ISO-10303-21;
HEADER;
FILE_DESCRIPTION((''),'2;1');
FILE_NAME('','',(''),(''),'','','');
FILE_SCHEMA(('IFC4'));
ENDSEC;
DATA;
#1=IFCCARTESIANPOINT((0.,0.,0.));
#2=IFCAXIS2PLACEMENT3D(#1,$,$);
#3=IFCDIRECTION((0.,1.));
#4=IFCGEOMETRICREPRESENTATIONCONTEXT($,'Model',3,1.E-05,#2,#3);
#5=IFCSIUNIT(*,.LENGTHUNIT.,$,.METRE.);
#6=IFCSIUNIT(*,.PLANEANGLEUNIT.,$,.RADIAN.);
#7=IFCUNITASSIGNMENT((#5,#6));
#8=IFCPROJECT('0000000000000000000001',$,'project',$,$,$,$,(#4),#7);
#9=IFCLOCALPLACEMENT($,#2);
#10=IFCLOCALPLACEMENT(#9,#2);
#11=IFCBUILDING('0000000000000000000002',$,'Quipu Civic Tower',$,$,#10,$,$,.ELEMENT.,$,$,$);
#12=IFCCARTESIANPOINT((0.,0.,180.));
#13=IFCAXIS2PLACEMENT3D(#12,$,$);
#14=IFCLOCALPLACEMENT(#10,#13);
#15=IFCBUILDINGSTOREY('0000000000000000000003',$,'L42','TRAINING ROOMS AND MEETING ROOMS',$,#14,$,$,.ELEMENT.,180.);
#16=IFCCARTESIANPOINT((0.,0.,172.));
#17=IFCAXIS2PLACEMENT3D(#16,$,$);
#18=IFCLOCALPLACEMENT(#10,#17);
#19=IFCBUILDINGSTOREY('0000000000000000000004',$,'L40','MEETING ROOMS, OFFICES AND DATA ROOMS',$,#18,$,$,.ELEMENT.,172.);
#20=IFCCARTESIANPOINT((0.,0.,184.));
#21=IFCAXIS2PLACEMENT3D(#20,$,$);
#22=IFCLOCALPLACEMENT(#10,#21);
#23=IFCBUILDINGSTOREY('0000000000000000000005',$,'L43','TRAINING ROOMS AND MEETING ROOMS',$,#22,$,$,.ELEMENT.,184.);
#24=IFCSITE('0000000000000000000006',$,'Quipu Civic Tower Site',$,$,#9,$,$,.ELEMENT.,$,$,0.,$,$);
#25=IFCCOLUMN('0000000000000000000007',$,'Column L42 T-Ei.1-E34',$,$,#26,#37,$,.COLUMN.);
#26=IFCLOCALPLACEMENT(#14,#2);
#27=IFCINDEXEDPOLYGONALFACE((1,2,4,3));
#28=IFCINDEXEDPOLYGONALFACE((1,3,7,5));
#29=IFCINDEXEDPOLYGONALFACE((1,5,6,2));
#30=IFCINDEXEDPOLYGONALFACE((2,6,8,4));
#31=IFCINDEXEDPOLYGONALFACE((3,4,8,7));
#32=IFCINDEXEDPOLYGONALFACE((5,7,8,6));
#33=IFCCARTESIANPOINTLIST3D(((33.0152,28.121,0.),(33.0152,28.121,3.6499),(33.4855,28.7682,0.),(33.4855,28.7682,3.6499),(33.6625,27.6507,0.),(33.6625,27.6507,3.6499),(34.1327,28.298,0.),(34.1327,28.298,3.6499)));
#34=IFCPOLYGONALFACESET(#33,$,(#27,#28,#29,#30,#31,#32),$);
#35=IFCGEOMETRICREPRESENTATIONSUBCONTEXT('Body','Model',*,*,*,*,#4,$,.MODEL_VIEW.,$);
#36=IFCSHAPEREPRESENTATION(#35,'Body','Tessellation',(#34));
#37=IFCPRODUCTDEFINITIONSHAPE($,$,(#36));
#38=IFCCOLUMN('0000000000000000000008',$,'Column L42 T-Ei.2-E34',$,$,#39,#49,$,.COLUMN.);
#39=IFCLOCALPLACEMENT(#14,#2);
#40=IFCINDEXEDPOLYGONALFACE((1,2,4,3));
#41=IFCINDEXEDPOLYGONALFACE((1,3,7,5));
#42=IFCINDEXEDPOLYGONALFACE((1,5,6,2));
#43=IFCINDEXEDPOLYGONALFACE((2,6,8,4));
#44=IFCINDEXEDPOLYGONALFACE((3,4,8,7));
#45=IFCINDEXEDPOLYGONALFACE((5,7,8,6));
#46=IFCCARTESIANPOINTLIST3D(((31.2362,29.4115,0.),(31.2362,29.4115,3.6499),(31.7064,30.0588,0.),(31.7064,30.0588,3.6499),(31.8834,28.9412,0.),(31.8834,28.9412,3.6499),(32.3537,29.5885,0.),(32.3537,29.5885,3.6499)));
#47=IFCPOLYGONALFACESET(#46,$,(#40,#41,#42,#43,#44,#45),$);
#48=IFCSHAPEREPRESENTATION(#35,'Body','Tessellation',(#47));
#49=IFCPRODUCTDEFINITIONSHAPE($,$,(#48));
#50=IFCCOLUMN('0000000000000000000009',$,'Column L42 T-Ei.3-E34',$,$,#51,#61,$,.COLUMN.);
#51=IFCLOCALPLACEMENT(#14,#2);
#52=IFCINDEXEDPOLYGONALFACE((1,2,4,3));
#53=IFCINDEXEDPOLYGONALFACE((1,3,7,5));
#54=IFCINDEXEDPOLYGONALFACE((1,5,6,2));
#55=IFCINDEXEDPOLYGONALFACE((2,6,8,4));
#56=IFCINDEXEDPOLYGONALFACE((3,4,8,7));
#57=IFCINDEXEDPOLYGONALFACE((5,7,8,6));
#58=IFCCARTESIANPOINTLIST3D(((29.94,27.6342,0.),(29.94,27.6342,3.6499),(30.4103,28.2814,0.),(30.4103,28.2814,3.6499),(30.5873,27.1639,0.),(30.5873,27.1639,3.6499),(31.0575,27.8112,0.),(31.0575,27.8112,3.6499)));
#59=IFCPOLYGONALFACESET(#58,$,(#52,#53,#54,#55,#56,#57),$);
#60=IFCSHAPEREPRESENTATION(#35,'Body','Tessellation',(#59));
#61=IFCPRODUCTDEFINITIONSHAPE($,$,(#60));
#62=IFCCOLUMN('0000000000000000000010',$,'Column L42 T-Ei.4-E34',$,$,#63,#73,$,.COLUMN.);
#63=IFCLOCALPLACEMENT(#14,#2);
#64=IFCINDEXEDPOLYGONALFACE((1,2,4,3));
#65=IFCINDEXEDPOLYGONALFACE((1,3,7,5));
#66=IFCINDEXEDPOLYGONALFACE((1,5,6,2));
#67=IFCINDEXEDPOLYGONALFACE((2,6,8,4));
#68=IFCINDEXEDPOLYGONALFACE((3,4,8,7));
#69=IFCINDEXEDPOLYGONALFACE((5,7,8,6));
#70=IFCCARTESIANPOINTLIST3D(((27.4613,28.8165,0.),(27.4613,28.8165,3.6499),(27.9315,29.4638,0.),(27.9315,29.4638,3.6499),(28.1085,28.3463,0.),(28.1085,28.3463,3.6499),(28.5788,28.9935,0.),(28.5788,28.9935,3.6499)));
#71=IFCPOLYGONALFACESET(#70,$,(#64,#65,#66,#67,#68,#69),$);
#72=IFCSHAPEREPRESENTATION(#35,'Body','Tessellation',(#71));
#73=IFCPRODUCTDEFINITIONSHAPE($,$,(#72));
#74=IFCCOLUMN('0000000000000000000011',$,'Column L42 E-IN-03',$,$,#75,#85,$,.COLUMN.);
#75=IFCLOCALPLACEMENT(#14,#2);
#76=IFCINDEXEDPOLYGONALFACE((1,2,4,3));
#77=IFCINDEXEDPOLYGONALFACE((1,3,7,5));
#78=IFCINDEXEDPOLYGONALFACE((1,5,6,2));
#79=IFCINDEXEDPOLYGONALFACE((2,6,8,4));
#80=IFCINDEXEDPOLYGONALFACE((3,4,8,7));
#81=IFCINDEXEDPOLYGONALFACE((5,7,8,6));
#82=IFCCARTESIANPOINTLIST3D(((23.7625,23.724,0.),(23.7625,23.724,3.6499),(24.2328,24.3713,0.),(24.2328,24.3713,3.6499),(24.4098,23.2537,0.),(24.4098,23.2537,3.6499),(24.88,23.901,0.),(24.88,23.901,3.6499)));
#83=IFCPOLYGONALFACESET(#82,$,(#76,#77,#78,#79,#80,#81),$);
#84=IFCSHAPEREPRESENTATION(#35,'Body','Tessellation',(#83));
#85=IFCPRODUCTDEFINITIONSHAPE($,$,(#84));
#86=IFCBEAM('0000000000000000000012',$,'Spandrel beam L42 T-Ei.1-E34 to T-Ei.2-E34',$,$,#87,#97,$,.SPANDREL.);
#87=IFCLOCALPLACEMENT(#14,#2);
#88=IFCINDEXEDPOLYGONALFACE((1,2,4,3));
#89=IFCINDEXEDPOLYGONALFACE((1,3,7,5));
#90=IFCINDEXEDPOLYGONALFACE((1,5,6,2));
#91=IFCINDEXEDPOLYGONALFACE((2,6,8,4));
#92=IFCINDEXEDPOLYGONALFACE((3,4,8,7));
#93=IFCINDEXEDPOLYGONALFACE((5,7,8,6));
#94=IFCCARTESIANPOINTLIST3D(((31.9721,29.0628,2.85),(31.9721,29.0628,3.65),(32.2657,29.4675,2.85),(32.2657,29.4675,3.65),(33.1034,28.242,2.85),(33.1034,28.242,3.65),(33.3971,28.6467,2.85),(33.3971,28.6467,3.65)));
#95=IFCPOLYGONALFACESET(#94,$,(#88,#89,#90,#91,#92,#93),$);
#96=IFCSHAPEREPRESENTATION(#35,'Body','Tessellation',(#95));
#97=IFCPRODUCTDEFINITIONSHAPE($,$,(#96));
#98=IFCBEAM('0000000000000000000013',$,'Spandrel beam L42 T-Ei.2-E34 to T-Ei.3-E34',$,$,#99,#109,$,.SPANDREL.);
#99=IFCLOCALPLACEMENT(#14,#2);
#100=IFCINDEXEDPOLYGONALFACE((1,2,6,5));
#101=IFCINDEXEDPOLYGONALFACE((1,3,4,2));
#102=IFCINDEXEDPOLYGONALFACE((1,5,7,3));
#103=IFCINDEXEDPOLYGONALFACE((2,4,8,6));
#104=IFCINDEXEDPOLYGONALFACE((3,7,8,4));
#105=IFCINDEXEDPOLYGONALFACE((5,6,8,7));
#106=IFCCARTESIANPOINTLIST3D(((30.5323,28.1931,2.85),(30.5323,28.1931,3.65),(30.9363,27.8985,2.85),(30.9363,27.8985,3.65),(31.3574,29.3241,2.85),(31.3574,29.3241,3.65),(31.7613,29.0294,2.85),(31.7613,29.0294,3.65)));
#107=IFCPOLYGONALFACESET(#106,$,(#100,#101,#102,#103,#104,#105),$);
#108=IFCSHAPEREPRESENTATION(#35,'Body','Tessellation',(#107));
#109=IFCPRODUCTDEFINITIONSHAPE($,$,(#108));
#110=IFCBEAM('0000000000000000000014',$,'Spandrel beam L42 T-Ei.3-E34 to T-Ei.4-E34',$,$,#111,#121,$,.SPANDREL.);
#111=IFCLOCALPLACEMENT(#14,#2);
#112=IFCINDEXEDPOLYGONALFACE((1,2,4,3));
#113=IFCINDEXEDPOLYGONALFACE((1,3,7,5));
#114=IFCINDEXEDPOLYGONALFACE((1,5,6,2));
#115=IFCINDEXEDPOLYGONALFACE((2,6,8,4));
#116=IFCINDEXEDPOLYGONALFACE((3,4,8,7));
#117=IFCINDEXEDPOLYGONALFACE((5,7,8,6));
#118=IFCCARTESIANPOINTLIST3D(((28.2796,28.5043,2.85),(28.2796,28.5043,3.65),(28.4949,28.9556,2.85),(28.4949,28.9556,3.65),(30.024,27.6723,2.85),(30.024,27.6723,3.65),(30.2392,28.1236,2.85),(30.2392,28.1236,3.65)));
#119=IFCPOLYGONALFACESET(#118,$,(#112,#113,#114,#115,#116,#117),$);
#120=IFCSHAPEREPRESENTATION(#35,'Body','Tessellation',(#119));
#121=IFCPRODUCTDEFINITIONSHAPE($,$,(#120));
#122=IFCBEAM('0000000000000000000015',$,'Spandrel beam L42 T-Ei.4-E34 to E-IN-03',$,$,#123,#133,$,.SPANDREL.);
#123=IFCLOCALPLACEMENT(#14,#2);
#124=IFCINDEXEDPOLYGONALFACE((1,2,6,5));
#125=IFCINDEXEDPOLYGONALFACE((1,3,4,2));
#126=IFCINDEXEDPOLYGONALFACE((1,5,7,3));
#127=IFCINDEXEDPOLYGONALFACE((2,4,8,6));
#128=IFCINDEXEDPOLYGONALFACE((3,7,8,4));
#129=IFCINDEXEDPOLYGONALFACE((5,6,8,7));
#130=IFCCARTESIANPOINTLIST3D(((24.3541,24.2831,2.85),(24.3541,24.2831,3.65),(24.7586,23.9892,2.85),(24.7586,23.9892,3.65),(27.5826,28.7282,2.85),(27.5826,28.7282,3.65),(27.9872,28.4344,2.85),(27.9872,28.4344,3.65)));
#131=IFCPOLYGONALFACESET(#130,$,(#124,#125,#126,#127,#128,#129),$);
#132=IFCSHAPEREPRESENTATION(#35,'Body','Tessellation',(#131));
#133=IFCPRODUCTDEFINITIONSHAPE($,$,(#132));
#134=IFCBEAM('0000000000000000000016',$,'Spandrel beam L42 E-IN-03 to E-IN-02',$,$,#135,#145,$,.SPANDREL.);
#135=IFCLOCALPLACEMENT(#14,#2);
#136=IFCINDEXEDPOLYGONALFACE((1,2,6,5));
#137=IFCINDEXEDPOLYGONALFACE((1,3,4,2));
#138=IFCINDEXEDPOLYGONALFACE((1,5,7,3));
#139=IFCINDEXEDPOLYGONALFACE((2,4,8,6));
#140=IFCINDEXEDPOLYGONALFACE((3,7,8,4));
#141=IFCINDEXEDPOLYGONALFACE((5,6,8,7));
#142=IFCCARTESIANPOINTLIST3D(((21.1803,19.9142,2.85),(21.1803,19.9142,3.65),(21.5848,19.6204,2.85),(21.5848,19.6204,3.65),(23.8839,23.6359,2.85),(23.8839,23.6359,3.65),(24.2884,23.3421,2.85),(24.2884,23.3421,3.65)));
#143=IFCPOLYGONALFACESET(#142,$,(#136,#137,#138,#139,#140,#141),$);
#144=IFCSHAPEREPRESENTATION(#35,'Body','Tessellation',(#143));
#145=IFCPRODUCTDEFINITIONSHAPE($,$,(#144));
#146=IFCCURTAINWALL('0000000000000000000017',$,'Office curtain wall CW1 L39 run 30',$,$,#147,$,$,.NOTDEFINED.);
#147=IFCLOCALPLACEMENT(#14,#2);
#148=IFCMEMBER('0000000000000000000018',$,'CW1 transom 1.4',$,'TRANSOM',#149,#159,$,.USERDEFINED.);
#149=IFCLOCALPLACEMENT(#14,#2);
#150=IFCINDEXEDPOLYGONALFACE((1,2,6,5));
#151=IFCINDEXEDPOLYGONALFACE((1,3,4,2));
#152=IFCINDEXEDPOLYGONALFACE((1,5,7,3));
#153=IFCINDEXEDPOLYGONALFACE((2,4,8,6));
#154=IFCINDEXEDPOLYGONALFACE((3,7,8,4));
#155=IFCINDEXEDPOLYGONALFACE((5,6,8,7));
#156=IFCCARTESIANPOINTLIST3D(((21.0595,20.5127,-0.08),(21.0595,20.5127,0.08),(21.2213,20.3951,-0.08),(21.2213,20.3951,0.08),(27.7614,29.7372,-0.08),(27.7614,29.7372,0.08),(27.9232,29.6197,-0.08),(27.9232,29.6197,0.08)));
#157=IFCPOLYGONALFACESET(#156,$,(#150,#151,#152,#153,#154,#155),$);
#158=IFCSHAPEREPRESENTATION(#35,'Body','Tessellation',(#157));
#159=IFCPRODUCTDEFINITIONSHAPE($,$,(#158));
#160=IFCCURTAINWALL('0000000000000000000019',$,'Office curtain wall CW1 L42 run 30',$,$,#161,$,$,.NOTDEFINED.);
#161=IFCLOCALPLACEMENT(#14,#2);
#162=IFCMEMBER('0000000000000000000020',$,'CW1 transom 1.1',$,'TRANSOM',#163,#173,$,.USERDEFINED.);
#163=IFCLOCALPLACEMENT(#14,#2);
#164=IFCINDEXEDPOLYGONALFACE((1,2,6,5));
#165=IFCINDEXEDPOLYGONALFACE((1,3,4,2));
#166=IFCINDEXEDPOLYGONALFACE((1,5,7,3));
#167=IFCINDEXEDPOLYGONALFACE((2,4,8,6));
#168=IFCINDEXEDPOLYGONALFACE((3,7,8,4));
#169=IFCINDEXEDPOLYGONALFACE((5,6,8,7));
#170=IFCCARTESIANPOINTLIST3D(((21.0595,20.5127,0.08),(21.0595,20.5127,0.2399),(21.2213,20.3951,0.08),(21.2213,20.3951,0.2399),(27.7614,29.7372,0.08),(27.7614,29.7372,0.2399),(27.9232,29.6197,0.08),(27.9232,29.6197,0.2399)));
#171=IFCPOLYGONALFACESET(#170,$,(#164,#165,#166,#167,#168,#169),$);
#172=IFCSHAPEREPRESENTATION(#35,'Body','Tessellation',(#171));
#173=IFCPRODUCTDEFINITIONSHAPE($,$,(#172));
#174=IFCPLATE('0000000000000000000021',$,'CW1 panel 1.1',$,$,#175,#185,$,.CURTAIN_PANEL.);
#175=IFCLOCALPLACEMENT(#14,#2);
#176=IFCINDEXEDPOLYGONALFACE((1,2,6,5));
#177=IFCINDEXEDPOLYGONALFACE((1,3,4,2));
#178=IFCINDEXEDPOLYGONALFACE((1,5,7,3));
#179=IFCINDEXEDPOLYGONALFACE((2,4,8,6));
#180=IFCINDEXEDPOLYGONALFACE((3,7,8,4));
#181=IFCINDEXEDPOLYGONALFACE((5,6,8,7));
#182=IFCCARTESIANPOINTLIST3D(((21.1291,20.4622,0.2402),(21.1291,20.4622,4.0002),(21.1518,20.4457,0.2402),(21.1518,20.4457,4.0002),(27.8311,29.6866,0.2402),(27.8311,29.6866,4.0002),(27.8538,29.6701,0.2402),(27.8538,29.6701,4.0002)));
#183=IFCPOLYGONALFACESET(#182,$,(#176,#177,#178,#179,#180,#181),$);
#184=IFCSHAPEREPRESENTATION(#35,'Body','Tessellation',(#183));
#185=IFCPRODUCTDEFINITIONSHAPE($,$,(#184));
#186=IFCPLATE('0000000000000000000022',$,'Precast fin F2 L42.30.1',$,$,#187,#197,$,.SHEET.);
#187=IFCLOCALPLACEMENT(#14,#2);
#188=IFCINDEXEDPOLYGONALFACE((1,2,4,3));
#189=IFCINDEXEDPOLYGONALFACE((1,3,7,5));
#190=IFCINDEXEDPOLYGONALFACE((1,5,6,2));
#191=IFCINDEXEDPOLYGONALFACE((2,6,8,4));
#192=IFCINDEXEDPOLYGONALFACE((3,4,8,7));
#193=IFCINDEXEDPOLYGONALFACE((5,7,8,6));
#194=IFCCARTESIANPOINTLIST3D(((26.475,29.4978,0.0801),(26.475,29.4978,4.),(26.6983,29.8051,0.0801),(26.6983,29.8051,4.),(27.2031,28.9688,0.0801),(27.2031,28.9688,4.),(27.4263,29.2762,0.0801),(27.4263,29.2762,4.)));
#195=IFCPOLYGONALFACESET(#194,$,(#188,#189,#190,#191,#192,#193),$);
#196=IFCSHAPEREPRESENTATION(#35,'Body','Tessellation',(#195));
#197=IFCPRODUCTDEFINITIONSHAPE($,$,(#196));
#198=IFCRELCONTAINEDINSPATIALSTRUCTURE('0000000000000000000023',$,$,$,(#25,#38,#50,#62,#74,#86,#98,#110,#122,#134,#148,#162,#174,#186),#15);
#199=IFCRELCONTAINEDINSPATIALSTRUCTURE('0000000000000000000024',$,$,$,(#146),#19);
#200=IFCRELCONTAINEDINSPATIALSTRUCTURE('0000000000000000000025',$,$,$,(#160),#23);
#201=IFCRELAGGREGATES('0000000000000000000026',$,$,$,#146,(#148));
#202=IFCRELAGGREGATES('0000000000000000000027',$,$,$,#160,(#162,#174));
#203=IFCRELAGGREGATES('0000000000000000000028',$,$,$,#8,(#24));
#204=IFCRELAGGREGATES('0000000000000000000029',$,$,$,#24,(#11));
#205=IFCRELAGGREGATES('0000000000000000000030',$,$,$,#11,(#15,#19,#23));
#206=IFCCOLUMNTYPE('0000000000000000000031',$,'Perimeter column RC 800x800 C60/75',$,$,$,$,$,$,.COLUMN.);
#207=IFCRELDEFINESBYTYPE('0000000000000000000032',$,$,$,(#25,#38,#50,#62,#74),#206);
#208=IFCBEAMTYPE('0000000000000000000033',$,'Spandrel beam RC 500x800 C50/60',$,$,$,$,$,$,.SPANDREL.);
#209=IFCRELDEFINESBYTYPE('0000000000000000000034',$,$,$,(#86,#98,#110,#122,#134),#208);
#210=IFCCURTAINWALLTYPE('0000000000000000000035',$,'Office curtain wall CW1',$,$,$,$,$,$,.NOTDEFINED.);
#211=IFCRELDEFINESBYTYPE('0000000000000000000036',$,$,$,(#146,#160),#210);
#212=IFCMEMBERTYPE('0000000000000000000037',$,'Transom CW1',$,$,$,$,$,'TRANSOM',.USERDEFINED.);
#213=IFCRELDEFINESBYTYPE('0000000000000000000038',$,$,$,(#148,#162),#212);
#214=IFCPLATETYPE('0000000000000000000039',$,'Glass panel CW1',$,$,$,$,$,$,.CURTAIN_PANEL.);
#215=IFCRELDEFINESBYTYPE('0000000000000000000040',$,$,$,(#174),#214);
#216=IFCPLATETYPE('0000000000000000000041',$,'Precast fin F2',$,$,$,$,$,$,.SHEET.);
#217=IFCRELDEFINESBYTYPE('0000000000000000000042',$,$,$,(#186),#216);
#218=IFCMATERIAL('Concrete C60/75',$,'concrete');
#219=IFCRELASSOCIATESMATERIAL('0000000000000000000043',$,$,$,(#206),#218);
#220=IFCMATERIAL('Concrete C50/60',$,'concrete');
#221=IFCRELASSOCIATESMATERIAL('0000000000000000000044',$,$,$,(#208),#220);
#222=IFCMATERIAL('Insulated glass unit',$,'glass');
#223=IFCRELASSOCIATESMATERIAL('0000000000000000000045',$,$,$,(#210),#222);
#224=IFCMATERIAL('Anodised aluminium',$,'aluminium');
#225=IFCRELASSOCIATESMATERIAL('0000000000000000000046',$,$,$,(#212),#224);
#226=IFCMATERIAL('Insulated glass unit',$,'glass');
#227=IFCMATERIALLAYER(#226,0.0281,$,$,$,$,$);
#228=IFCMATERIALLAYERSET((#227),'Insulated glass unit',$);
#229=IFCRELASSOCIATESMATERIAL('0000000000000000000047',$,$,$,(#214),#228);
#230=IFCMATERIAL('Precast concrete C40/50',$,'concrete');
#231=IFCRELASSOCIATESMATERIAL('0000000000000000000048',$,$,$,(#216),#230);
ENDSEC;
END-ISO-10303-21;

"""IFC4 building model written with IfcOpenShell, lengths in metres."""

from ifc_helpers import new_model, si_unit, direction, frame, origin, origin_2d, place, context, subcontext, project, spatial, rectangle, extrude, material, layer, layer_set, material_profile, profile_set, type_object, element, aggregate, save


model = new_model("IFC4")

# Units and contexts
model_context = context("Model", 3, precision=1e-05, world=origin(), true_north=direction((0.0, 1.0)))
body_context = subcontext(model_context, "Body", "Model", "MODEL_VIEW")
ifc_project = project(units=[si_unit("LENGTHUNIT", "METRE"), si_unit("PLANEANGLEUNIT", "RADIAN")], contexts=[model_context])

# Site, building, storey
site_placement = place(None, origin())
site = spatial("IfcSite", under=ifc_project, at=site_placement, Name="Quipu Civic Tower Site", CompositionType="ELEMENT", RefElevation=0.0)
building_placement = place(site_placement, origin())
building = spatial("IfcBuilding", under=site, at=building_placement, Name="Quipu Civic Tower", CompositionType="ELEMENT")
storey_1_placement = place(building_placement, frame((0.0, 0.0, 180.0)))
storey_1 = spatial("IfcBuildingStorey", under=building, at=storey_1_placement, Name="L42", Description="TRAINING ROOMS AND MEETING ROOMS", CompositionType="ELEMENT", Elevation=180.0)

# Columns
ifc_material_1 = material(Name="Concrete C60/75", Category="concrete")
ifc_material_profile_1 = material_profile(ifc_material_1, rectangle(XDim=0.8, YDim=0.8, at=origin_2d()), Name="RC800x800")
ifc_profile_set_1 = profile_set([ifc_material_profile_1], Name="Concrete C60/75")
column_type = type_object("IfcColumnType", Name="Perimeter column RC 800x800 C60/75", PredefinedType="COLUMN", material=ifc_profile_set_1)
for number, where, z_axis, x_axis, name in (
    (1, (33.574, 28.2095, 0.0), (0.0, 0.0, 1.0), (-0.809017, 0.587785, 0.0), "Column L42 T-Ei.1-E34"),
    (2, (31.7949, 29.5, 0.0), (0.0, 0.0, 1.0), (-0.587785, -0.809017, 0.0), "Column L42 T-Ei.2-E34"),
    (3, (30.4988, 27.7227, 0.0), (0.0, 0.0, 1.0), (-0.809017, 0.587785, 0.0), "Column L42 T-Ei.3-E34"),
    (4, (28.02, 28.905, 0.0), (0.0, 0.0, 1.0), (-0.809017, 0.587785, 0.0), "Column L42 T-Ei.4-E34"),
    (5, (24.3213, 23.8125, 0.0), (0.0, 0.0, 1.0), (-0.587785, -0.809017, 0.0), "Column L42 E-IN-03"),
):
    element("IfcColumn", number, at=place(storey_1_placement, frame(where, z_axis=z_axis, x_axis=x_axis)), inside=storey_1, type_object=column_type, Name=name, PredefinedType="COLUMN", context=body_context, shape_type="SweptSolid", body=[
        extrude(rectangle(XDim=0.8, YDim=0.8, at=origin_2d()), origin(), (0.0, 0.0, 1.0), 3.6499),
    ])

# Beams
ifc_material_2 = material(Name="Concrete C50/60", Category="concrete")
ifc_material_profile_2 = material_profile(ifc_material_2, rectangle(XDim=0.5, YDim=0.8, at=origin_2d()), Name="RC500x800")
ifc_profile_set_2 = profile_set([ifc_material_profile_2], Name="Concrete C50/60")
beam_type = type_object("IfcBeamType", Name="Spandrel beam RC 500x800 C50/60", PredefinedType="SPANDREL", material=ifc_profile_set_2)
beam_1_placement = place(storey_1_placement, frame((33.2502, 28.4443, 3.25), z_axis=(-0.809415, 0.587237, 0.0), x_axis=(-0.587237, -0.809415, 0.0)))
element("IfcBeam", 6, at=beam_1_placement, inside=storey_1, type_object=beam_type, Name="Spandrel beam L42 T-Ei.1-E34 to T-Ei.2-E34", PredefinedType="SPANDREL", context=body_context, shape_type="SweptSolid", body=[
    extrude(rectangle(XDim=0.5, YDim=0.8, at=origin_2d()), origin(), (0.0, 0.0, 1.0), 1.3977),
])
beam_2_placement = place(storey_1_placement, frame((31.5593, 29.1768, 3.25), z_axis=(-0.589343, -0.807883, 0.0), x_axis=(0.807883, -0.589343, 0.0)))
element("IfcBeam", 7, at=beam_2_placement, inside=storey_1, type_object=beam_type, Name="Spandrel beam L42 T-Ei.2-E34 to T-Ei.3-E34", PredefinedType="SPANDREL", context=body_context, shape_type="SweptSolid", body=[
    extrude(rectangle(XDim=0.5, YDim=0.8, at=origin_2d()), origin(), (0.0, 0.0, 1.0), 1.3999),
])
beam_3_placement = place(storey_1_placement, frame((30.1316, 27.8979, 3.25), z_axis=(-0.902585, 0.430512, 0.0), x_axis=(-0.430512, -0.902585, 0.0)))
element("IfcBeam", 8, at=beam_3_placement, inside=storey_1, type_object=beam_type, Name="Spandrel beam L42 T-Ei.3-E34 to T-Ei.4-E34", PredefinedType="SPANDREL", context=body_context, shape_type="SweptSolid", body=[
    extrude(rectangle(XDim=0.5, YDim=0.8, at=origin_2d()), origin(), (0.0, 0.0, 1.0), 1.9326),
])
beam_4_placement = place(storey_1_placement, frame((27.7849, 28.5813, 3.25), z_axis=(-0.587664, -0.809105, 0.0), x_axis=(0.809105, -0.587664, 0.0)))
element("IfcBeam", 9, at=beam_4_placement, inside=storey_1, type_object=beam_type, Name="Spandrel beam L42 T-Ei.4-E34 to E-IN-03", PredefinedType="SPANDREL", context=body_context, shape_type="SweptSolid", body=[
    extrude(rectangle(XDim=0.5, YDim=0.8, at=origin_2d()), origin(), (0.0, 0.0, 1.0), 5.4939),
])
beam_5_placement = place(storey_1_placement, frame((24.0862, 23.489, 3.25), z_axis=(-0.587736, -0.809053, 0.0), x_axis=(0.809053, -0.587736, 0.0)))
element("IfcBeam", 10, at=beam_5_placement, inside=storey_1, type_object=beam_type, Name="Spandrel beam L42 E-IN-03 to E-IN-02", PredefinedType="SPANDREL", context=body_context, shape_type="SweptSolid", body=[
    extrude(rectangle(XDim=0.5, YDim=0.8, at=origin_2d()), origin(), (0.0, 0.0, 1.0), 4.6001),
])

# Shared definitions
storey_2_placement = place(building_placement, frame((0.0, 0.0, 172.0)))
storey_2 = spatial("IfcBuildingStorey", under=building, at=storey_2_placement, Name="L40", Description="MEETING ROOMS, OFFICES AND DATA ROOMS", CompositionType="ELEMENT", Elevation=172.0)

# Curtain wall, member
ifc_material_3 = material(Name="Insulated glass unit", Category="glass")
curtain_wall_type = type_object("IfcCurtainWallType", Name="Office curtain wall CW1", PredefinedType="NOTDEFINED", material=ifc_material_3)
curtain_wall_1_placement = place(storey_2_placement, origin())
curtain_wall_1 = element("IfcCurtainWall", 11, at=curtain_wall_1_placement, inside=storey_2, type_object=curtain_wall_type, Name="Office curtain wall CW1 L39 run 30", PredefinedType="NOTDEFINED")
ifc_material_4 = material(Name="Anodised aluminium", Category="aluminium")
ifc_material_profile_3 = material_profile(ifc_material_4, rectangle(XDim=0.2, YDim=0.1599, at=origin_2d()), Name="RECT 200x160")
ifc_profile_set_3 = profile_set([ifc_material_profile_3], Name="Anodised aluminium")
member_type = type_object("IfcMemberType", Name="Transom CW1", ElementType="TRANSOM", PredefinedType="USERDEFINED", material=ifc_profile_set_3)
member_1_placement = place(storey_1_placement, frame((27.8423, 29.6785, 0.0), z_axis=(-0.587776, -0.809024, 0.0), x_axis=(0.809024, -0.587776, 0.0)))
member_1 = element("IfcMember", 12, at=member_1_placement, inside=storey_1, type_object=member_type, Name="CW1 transom 1.4", ObjectType="TRANSOM", PredefinedType="USERDEFINED", context=body_context, shape_type="SweptSolid", body=[
    extrude(rectangle(XDim=0.2, YDim=0.1599, at=origin_2d()), origin(), (0.0, 0.0, 1.0), 11.4021),
])
aggregate(curtain_wall_1, [member_1])

# Shared definitions
storey_3_placement = place(building_placement, frame((0.0, 0.0, 184.0)))
storey_3 = spatial("IfcBuildingStorey", under=building, at=storey_3_placement, Name="L43", Description="TRAINING ROOMS AND MEETING ROOMS", CompositionType="ELEMENT", Elevation=184.0)

# Curtain wall, member, plate
curtain_wall_2_placement = place(storey_3_placement, origin())
curtain_wall_2 = element("IfcCurtainWall", 13, at=curtain_wall_2_placement, inside=storey_3, type_object=curtain_wall_type, Name="Office curtain wall CW1 L42 run 30", PredefinedType="NOTDEFINED")
member_2_placement = place(storey_1_placement, frame((27.8423, 29.6785, 0.1599), z_axis=(-0.587776, -0.809024, 0.0), x_axis=(0.809024, -0.587776, 0.0)))
member_2 = element("IfcMember", 14, at=member_2_placement, inside=storey_1, type_object=member_type, Name="CW1 transom 1.1", ObjectType="TRANSOM", PredefinedType="USERDEFINED", context=body_context, shape_type="SweptSolid", body=[
    extrude(rectangle(XDim=0.2, YDim=0.1599, at=origin_2d()), origin(), (0.0, 0.0, 1.0), 11.4021),
])
ifc_material_5 = material(Name="Insulated glass unit", Category="glass")
ifc_layer_1 = layer(ifc_material_5, 0.0281)
ifc_layer_set_1 = layer_set([ifc_layer_1], Name="Insulated glass unit")
plate_type_1 = type_object("IfcPlateType", Name="Glass panel CW1", PredefinedType="CURTAIN_PANEL", material=ifc_layer_set_1)
plate_placement = place(storey_1_placement, frame((24.4915, 25.0662, 0.2402), z_axis=(0.0, 0.0, 1.0), x_axis=(-0.587789, -0.809014, 0.0)))
plate = element("IfcPlate", 15, at=plate_placement, inside=storey_1, type_object=plate_type_1, Name="CW1 panel 1.1", PredefinedType="CURTAIN_PANEL", context=body_context, shape_type="SweptSolid", body=[
    extrude(rectangle(XDim=11.4021, YDim=0.0281, at=origin_2d()), origin(), (0.0, 0.0, 1.0), 3.76),
])
aggregate(curtain_wall_2, [member_2, plate])

# Plate
ifc_material_6 = material(Name="Precast concrete C40/50", Category="concrete")
plate_type_2 = type_object("IfcPlateType", Name="Precast fin F2", PredefinedType="SHEET", material=ifc_material_6)
for number, where, z_axis, x_axis, name in (
    (16, (26.9507, 29.387, 0.0801), (0.0, 0.0, 1.0), (-0.587787, -0.809016, 0.0), "Precast fin F2 L42.30.1"),
):
    element("IfcPlate", number, at=place(storey_1_placement, frame(where, z_axis=z_axis, x_axis=x_axis)), inside=storey_1, type_object=plate_type_2, Name=name, PredefinedType="SHEET", context=body_context, shape_type="SweptSolid", body=[
        extrude(rectangle(XDim=0.3799, YDim=0.8999, at=origin_2d()), origin(), (0.0, 0.0, 1.0), 3.9199),
    ])

save(model, "model.ifc")
